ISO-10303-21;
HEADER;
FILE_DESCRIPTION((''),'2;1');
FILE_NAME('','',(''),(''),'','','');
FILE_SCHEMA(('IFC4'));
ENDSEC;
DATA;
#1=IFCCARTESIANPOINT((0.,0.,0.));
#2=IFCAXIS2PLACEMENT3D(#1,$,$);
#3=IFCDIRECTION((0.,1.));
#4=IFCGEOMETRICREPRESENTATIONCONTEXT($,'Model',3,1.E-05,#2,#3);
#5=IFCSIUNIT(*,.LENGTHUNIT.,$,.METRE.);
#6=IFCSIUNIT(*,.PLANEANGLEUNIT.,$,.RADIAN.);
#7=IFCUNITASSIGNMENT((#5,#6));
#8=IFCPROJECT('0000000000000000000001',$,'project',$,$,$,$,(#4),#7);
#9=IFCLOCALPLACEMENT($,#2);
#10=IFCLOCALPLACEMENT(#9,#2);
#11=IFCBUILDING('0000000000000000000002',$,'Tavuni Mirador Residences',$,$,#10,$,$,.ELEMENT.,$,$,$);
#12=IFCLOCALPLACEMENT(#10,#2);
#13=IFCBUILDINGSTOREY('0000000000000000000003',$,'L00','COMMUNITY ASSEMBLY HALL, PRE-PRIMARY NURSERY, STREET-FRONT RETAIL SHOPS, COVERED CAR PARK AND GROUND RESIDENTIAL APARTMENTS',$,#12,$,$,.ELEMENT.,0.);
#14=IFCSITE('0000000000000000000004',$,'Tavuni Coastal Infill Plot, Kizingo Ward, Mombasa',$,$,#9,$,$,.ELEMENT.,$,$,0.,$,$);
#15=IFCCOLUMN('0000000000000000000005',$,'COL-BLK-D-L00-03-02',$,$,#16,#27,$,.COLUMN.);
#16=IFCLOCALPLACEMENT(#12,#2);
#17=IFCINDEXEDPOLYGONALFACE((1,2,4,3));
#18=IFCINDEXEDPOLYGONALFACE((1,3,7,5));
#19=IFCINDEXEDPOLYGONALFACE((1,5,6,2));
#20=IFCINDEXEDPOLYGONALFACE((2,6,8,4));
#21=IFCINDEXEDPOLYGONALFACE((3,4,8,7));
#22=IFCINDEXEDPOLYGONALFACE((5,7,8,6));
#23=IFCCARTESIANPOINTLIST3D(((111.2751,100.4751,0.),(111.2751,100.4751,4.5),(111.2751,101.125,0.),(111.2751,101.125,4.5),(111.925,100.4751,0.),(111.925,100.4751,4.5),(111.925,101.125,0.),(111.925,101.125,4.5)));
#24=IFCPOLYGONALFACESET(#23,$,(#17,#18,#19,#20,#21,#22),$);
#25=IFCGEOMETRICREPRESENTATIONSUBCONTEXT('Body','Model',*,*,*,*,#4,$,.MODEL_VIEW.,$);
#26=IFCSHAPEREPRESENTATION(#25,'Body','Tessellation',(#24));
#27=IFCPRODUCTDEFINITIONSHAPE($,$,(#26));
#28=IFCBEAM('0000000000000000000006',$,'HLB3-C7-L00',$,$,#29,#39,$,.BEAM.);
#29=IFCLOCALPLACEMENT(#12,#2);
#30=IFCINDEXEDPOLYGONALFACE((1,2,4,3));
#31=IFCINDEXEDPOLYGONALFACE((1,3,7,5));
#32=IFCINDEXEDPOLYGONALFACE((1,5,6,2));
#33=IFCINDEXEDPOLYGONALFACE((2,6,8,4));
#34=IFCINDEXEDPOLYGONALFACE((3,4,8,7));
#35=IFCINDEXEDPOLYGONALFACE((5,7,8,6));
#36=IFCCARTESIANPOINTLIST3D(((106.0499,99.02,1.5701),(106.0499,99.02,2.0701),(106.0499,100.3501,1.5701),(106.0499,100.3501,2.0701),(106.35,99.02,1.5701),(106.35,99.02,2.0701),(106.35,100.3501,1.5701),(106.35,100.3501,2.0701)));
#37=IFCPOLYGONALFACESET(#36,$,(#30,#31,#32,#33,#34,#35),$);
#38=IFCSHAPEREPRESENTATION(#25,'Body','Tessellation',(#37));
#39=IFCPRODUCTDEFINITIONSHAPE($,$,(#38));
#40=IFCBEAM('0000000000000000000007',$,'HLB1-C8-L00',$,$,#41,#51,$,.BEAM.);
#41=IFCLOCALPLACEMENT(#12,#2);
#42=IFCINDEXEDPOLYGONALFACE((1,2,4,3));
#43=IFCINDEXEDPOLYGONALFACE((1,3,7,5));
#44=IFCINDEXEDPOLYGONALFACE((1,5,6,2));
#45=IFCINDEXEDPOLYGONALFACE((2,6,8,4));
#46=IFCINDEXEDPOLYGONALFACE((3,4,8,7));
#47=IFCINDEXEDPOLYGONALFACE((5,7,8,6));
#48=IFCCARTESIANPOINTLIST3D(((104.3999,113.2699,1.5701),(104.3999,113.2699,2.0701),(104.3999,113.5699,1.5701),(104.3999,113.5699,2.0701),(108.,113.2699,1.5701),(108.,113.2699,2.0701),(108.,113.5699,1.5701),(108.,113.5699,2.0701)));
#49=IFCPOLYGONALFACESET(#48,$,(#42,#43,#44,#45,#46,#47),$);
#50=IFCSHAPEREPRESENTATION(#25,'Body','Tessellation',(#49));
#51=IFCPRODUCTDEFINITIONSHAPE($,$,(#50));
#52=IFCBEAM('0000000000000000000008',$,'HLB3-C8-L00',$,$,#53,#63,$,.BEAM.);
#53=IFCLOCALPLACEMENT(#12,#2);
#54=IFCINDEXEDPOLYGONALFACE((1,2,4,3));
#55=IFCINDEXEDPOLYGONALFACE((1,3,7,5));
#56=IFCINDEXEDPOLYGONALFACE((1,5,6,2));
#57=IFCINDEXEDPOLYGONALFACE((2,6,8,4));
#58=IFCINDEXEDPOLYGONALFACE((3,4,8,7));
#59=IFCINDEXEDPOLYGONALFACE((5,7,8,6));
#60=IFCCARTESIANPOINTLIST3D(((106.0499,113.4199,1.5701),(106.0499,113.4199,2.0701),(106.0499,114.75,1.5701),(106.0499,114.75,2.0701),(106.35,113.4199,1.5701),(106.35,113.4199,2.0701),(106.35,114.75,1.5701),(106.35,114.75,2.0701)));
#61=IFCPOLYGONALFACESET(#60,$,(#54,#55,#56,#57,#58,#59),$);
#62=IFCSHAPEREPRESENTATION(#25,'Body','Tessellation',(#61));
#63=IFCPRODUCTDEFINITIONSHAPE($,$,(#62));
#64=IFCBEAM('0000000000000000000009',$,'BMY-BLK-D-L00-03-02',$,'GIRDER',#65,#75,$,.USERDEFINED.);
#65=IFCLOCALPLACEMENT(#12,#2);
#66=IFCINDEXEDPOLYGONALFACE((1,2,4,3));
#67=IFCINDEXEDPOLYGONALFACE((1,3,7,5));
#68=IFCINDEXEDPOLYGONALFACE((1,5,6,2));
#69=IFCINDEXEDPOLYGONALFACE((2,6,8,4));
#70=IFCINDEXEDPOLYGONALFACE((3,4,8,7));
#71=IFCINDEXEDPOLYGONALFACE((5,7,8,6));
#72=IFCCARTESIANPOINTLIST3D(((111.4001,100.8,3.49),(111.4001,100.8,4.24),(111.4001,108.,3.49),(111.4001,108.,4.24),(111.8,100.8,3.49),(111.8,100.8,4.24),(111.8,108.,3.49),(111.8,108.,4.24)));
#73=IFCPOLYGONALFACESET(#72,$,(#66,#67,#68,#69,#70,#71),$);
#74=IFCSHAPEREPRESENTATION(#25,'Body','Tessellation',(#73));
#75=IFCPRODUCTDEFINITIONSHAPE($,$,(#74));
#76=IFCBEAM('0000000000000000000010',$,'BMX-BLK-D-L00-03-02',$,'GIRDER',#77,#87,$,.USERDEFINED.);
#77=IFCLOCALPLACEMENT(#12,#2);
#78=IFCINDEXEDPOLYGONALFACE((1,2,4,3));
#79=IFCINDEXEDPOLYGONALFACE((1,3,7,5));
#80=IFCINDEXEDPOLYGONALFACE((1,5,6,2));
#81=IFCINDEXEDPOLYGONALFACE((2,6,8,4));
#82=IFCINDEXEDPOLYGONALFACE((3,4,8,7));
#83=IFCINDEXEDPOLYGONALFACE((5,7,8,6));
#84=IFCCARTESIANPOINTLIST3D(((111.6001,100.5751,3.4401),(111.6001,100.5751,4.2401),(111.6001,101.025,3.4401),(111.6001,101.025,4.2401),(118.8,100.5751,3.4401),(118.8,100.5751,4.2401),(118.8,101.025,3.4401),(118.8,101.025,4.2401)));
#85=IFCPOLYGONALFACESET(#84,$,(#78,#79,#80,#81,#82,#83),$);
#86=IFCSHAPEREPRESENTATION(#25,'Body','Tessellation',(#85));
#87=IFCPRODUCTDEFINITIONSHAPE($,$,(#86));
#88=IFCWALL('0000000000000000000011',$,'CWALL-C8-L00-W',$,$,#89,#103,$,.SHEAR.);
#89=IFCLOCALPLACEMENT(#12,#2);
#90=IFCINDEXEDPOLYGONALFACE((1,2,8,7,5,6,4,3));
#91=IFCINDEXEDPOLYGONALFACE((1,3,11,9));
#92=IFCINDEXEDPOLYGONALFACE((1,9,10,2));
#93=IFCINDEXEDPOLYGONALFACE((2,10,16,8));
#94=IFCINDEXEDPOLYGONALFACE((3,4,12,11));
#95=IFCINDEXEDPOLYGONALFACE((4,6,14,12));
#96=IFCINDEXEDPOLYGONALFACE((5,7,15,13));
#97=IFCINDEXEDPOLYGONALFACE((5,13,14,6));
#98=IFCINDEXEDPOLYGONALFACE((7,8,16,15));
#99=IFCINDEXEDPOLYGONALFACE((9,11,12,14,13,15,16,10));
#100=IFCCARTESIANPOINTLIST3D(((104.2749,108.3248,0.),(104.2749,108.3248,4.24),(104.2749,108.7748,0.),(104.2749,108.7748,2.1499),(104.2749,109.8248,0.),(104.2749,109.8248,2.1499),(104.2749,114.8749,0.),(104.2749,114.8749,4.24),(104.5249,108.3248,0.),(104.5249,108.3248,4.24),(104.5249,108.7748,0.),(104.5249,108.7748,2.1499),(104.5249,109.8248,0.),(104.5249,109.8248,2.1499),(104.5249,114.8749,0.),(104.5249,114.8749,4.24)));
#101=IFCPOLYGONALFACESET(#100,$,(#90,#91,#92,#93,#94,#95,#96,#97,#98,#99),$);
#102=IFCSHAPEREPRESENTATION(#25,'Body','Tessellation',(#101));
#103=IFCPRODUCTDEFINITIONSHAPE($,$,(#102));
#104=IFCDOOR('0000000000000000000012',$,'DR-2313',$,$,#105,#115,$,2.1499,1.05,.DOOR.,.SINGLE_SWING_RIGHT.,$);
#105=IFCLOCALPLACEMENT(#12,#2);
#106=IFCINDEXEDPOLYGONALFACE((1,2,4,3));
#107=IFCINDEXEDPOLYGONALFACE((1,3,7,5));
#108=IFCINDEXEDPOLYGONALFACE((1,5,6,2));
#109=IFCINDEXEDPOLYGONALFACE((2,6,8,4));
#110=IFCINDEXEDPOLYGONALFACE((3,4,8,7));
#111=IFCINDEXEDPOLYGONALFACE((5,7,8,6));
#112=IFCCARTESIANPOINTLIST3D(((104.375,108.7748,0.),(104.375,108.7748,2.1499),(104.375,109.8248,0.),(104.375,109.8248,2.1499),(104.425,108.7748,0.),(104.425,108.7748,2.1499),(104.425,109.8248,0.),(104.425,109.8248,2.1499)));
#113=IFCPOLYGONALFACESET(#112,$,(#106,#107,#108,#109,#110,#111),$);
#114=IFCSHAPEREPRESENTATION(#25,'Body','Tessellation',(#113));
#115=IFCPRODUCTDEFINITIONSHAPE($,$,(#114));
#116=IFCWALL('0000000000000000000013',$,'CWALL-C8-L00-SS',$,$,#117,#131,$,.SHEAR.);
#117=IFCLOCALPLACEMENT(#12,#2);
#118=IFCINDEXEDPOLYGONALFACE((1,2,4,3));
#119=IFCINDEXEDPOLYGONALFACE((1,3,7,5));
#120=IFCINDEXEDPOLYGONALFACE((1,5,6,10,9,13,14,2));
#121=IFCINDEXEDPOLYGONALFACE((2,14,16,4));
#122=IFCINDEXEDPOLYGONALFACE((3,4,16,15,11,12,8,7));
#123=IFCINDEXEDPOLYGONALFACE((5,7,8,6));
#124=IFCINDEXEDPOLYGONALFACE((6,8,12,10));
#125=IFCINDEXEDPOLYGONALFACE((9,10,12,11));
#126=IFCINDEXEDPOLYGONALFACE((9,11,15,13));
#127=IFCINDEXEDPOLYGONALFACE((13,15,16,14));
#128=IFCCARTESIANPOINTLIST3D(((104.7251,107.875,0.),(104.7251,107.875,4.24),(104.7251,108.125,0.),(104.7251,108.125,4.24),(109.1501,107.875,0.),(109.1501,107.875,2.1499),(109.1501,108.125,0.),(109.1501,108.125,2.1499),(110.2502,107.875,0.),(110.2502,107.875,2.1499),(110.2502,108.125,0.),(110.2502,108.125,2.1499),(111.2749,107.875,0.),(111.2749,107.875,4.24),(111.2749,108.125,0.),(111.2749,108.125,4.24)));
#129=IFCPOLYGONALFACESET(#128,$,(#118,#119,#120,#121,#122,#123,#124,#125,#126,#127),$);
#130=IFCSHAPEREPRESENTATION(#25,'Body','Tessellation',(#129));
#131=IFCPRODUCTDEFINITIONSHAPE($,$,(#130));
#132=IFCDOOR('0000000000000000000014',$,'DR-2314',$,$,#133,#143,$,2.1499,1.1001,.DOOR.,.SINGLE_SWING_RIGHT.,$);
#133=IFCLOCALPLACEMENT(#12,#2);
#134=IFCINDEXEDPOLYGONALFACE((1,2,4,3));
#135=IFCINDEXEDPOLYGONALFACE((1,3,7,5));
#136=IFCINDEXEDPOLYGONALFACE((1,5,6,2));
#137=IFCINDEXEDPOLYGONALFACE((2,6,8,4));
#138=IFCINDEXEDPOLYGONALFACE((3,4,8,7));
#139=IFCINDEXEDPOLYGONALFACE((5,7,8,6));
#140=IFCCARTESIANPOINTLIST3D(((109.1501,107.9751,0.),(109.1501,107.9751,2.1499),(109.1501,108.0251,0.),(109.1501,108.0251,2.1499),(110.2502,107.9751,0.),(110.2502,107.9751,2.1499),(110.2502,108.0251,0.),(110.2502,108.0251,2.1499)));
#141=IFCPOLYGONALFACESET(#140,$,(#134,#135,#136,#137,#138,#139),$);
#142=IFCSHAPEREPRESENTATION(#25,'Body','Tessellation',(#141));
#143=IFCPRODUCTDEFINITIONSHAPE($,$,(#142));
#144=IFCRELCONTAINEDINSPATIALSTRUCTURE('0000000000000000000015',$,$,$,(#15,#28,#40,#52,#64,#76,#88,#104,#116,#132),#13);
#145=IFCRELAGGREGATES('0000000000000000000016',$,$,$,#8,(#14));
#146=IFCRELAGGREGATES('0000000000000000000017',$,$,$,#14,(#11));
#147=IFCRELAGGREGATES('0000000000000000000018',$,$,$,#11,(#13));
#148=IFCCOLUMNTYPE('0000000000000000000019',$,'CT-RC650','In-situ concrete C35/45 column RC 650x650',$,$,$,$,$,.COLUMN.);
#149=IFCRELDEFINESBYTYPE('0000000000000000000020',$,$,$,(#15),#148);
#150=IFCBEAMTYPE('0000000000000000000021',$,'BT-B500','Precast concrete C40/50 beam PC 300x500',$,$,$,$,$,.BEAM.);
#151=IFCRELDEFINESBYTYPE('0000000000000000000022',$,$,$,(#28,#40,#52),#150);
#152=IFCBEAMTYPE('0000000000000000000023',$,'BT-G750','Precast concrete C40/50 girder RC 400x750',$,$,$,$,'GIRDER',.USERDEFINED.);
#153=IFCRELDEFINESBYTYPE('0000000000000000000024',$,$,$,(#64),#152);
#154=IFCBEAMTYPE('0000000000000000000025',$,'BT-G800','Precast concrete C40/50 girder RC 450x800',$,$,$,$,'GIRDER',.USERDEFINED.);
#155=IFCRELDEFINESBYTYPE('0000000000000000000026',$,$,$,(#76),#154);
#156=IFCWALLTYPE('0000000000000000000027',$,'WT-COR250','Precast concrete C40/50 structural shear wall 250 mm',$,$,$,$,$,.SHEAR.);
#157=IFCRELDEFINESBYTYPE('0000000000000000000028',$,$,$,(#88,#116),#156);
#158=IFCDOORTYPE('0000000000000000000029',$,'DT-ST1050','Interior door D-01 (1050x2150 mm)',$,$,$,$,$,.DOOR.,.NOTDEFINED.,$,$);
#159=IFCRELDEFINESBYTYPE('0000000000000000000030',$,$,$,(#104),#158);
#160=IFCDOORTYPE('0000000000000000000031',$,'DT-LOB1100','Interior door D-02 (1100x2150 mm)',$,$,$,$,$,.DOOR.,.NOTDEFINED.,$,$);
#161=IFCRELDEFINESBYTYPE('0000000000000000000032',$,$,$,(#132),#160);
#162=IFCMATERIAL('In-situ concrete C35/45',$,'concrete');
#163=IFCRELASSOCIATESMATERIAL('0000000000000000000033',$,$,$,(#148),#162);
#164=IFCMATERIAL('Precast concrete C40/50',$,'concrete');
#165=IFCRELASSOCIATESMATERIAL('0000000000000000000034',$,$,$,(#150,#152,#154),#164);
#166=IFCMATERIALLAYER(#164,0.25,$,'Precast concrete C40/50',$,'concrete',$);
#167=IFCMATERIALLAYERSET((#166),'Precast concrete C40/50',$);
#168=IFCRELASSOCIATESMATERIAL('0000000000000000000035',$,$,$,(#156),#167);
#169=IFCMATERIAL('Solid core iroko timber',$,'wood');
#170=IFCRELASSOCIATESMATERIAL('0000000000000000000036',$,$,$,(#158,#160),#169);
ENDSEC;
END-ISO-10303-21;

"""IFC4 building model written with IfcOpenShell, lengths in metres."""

from ifc_helpers import new_model, si_unit, direction, frame, frame_2d, origin, origin_2d, place, context, subcontext, project, spatial, rectangle, extrude, material, layer, layer_set, material_profile, profile_set, type_object, element, fill, save


model = new_model("IFC4")

# Units and contexts
model_context = context("Model", 3, precision=1e-05, world=origin(), true_north=direction((0.0, 1.0)))
body_context = subcontext(model_context, "Body", "Model", "MODEL_VIEW")
ifc_project = project(units=[si_unit("LENGTHUNIT", "METRE"), si_unit("PLANEANGLEUNIT", "RADIAN")], contexts=[model_context])

# Site, building, storey
site_placement = place(None, origin())
site = spatial("IfcSite", under=ifc_project, at=site_placement, Name="Tavuni Coastal Infill Plot, Kizingo Ward, Mombasa", CompositionType="ELEMENT", RefElevation=0.0)
building_placement = place(site_placement, origin())
building = spatial("IfcBuilding", under=site, at=building_placement, Name="Tavuni Mirador Residences", CompositionType="ELEMENT")
storey_placement = place(building_placement, origin())
storey = spatial("IfcBuildingStorey", under=building, at=storey_placement, Name="L00", Description="COMMUNITY ASSEMBLY HALL, PRE-PRIMARY NURSERY, STREET-FRONT RETAIL SHOPS, COVERED CAR PARK AND GROUND RESIDENTIAL APARTMENTS", CompositionType="ELEMENT", Elevation=0.0)

# Column
ifc_material_1 = material(Name="In-situ concrete C35/45", Category="concrete")
ifc_material_profile_1 = material_profile(ifc_material_1, rectangle(XDim=0.6499, YDim=0.6499, at=origin_2d()), Name="RC 650x650", Category="concrete")
ifc_profile_set_1 = profile_set([ifc_material_profile_1], Name="In-situ concrete C35/45")
column_type = type_object("IfcColumnType", Name="CT-RC650", Description="In-situ concrete C35/45 column RC 650x650", PredefinedType="COLUMN", material=ifc_profile_set_1)
column_placement = place(storey_placement, frame((111.6001, 100.8, 0.0), z_axis=(0.0, 0.0, 1.0), x_axis=(1.0, 0.0, 0.0)))
element("IfcColumn", 1, at=column_placement, inside=storey, type_object=column_type, Name="COL-BLK-D-L00-03-02", PredefinedType="COLUMN", context=body_context, shape_type="SweptSolid", body=[
    extrude(rectangle(XDim=0.6499, YDim=0.6499, at=origin_2d()), origin(), (0.0, 0.0, 1.0), 4.5),
])

# Beams
ifc_material_2 = material(Name="Precast concrete C40/50", Category="concrete")
ifc_material_profile_2 = material_profile(ifc_material_2, rectangle(XDim=0.3, YDim=0.5, at=origin_2d()), Name="PC 300x500", Category="concrete")
ifc_profile_set_2 = profile_set([ifc_material_profile_2], Name="Precast concrete C40/50")
beam_type_1 = type_object("IfcBeamType", Name="BT-B500", Description="Precast concrete C40/50 beam PC 300x500", PredefinedType="BEAM", material=ifc_profile_set_2)
beam_1_placement = place(storey_placement, frame((106.2, 99.02, 1.8201), z_axis=(0.0, 1.0, 0.0), x_axis=(-1.0, 0.0, 0.0)))
element("IfcBeam", 2, at=beam_1_placement, inside=storey, type_object=beam_type_1, Name="HLB3-C7-L00", PredefinedType="BEAM", context=body_context, shape_type="SweptSolid", body=[
    extrude(rectangle(XDim=0.3, YDim=0.5, at=origin_2d()), origin(), (0.0, 0.0, 1.0), 1.3301),
])
beam_2_placement = place(storey_placement, frame((104.3999, 113.4199, 1.8201), z_axis=(1.0, 0.0, 0.0), x_axis=(0.0, 1.0, 0.0)))
element("IfcBeam", 3, at=beam_2_placement, inside=storey, type_object=beam_type_1, Name="HLB1-C8-L00", PredefinedType="BEAM", context=body_context, shape_type="SweptSolid", body=[
    extrude(rectangle(XDim=0.3, YDim=0.5, at=origin_2d()), origin(), (0.0, 0.0, 1.0), 3.6001),
])
beam_3_placement = place(storey_placement, frame((106.2, 113.4199, 1.8201), z_axis=(0.0, 1.0, 0.0), x_axis=(-1.0, 0.0, 0.0)))
element("IfcBeam", 4, at=beam_3_placement, inside=storey, type_object=beam_type_1, Name="HLB3-C8-L00", PredefinedType="BEAM", context=body_context, shape_type="SweptSolid", body=[
    extrude(rectangle(XDim=0.3, YDim=0.5, at=origin_2d()), origin(), (0.0, 0.0, 1.0), 1.3301),
])
ifc_material_profile_3 = material_profile(ifc_material_2, rectangle(XDim=0.3999, YDim=0.75, at=origin_2d()), Name="RC 400x750", Category="concrete")
ifc_profile_set_3 = profile_set([ifc_material_profile_3], Name="Precast concrete C40/50")
beam_type_2 = type_object("IfcBeamType", Name="BT-G750", Description="Precast concrete C40/50 girder RC 400x750", ElementType="GIRDER", PredefinedType="USERDEFINED", material=ifc_profile_set_3)
beam_4_placement = place(storey_placement, frame((111.6001, 100.8, 3.865), z_axis=(0.0, 1.0, 0.0), x_axis=(-1.0, 0.0, 0.0)))
element("IfcBeam", 5, at=beam_4_placement, inside=storey, type_object=beam_type_2, Name="BMY-BLK-D-L00-03-02", ObjectType="GIRDER", PredefinedType="USERDEFINED", context=body_context, shape_type="SweptSolid", body=[
    extrude(rectangle(XDim=0.3999, YDim=0.75, at=origin_2d()), origin(), (0.0, 0.0, 1.0), 7.2),
])
ifc_material_profile_4 = material_profile(ifc_material_2, rectangle(XDim=0.45, YDim=0.8, at=origin_2d()), Name="RC 450x800", Category="concrete")
ifc_profile_set_4 = profile_set([ifc_material_profile_4], Name="Precast concrete C40/50")
beam_type_3 = type_object("IfcBeamType", Name="BT-G800", Description="Precast concrete C40/50 girder RC 450x800", ElementType="GIRDER", PredefinedType="USERDEFINED", material=ifc_profile_set_4)
beam_5_placement = place(storey_placement, frame((111.6001, 100.8, 3.8401), z_axis=(1.0, 0.0, 0.0), x_axis=(0.0, 1.0, 0.0)))
element("IfcBeam", 6, at=beam_5_placement, inside=storey, type_object=beam_type_3, Name="BMX-BLK-D-L00-03-02", ObjectType="GIRDER", PredefinedType="USERDEFINED", context=body_context, shape_type="SweptSolid", body=[
    extrude(rectangle(XDim=0.45, YDim=0.8, at=origin_2d()), origin(), (0.0, 0.0, 1.0), 7.2),
])

# Walls, openings, doors
ifc_layer_1 = layer(ifc_material_2, 0.25, Name="Precast concrete C40/50", Category="concrete")
ifc_layer_set_1 = layer_set([ifc_layer_1], Name="Precast concrete C40/50")
wall_type_1 = type_object("IfcWallType", Name="WT-COR250", Description="Precast concrete C40/50 structural shear wall 250 mm", PredefinedType="SHEAR", material=ifc_layer_set_1)
wall_1_placement = place(storey_placement, frame((104.3999, 108.325, 0.0), z_axis=(0.0, 0.0, 1.0), x_axis=(0.0, 1.0, 0.0)))
wall_1 = element("IfcWall", 7, at=wall_1_placement, inside=storey, type_object=wall_type_1, Name="CWALL-C8-L00-W", PredefinedType="SHEAR", context=body_context, shape_type="SweptSolid", body=[
    extrude(rectangle(XDim=6.55, YDim=0.25, at=frame_2d((3.2749, 0.0))), origin(), (0.0, 0.0, 1.0), 4.24),
])
opening_1_placement = place(wall_1_placement, frame((0.45, 0.0, 0.0)))
opening_1 = element("IfcOpeningElement", 8, at=opening_1_placement, cuts=wall_1, PredefinedType="OPENING", context=body_context, shape_type="SweptSolid", body=[
    extrude(rectangle(XDim=1.05, YDim=2.1499, at=frame_2d((0.5249, 1.075))), frame((0.0, 0.135, 0.0), z_axis=(0.0, -1.0, 0.0), x_axis=(1.0, 0.0, 0.0)), (0.0, 0.0, 1.0), 0.27),
])
ifc_material_3 = material(Name="Solid core iroko timber", Category="wood")
door_type_1 = type_object("IfcDoorType", Name="DT-ST1050", Description="Interior door D-01 (1050x2150 mm)", OperationType="NOTDEFINED", PredefinedType="DOOR", material=ifc_material_3)
door_1_placement = place(opening_1_placement, origin())
door_1 = element("IfcDoor", 9, at=door_1_placement, inside=storey, type_object=door_type_1, Name="DR-2313", OperationType="SINGLE_SWING_RIGHT", OverallHeight=2.1499, OverallWidth=1.05, PredefinedType="DOOR", context=body_context, shape_type="SweptSolid", body=[
    extrude(rectangle(XDim=1.05, YDim=2.1499, at=frame_2d((0.5249, 1.075))), frame((0.0, 0.0249, 0.0), z_axis=(0.0, -1.0, 0.0), x_axis=(1.0, 0.0, 0.0)), (0.0, 0.0, 1.0), 0.05),
])
fill(opening_1, door_1)
wall_2_placement = place(storey_placement, frame((104.7251, 108.0, 0.0), z_axis=(0.0, 0.0, 1.0), x_axis=(1.0, 0.0, 0.0)))
wall_2 = element("IfcWall", 10, at=wall_2_placement, inside=storey, type_object=wall_type_1, Name="CWALL-C8-L00-SS", PredefinedType="SHEAR", context=body_context, shape_type="SweptSolid", body=[
    extrude(rectangle(XDim=6.5498, YDim=0.25, at=frame_2d((3.2749, 0.0))), origin(), (0.0, 0.0, 1.0), 4.24),
])
opening_2_placement = place(wall_2_placement, frame((4.425, 0.0, 0.0)))
opening_2 = element("IfcOpeningElement", 11, at=opening_2_placement, cuts=wall_2, PredefinedType="OPENING", context=body_context, shape_type="SweptSolid", body=[
    extrude(rectangle(XDim=1.1001, YDim=2.1499, at=frame_2d((0.55, 1.075))), frame((0.0, 0.135, 0.0), z_axis=(0.0, -1.0, 0.0), x_axis=(1.0, 0.0, 0.0)), (0.0, 0.0, 1.0), 0.27),
])
door_type_2 = type_object("IfcDoorType", Name="DT-LOB1100", Description="Interior door D-02 (1100x2150 mm)", OperationType="NOTDEFINED", PredefinedType="DOOR", material=ifc_material_3)
door_2_placement = place(opening_2_placement, frame((1.1001, 0.0, 0.0), z_axis=(0.0, 0.0, 1.0), x_axis=(-1.0, 0.0, 0.0)))
door_2 = element("IfcDoor", 12, at=door_2_placement, inside=storey, type_object=door_type_2, Name="DR-2314", OperationType="SINGLE_SWING_RIGHT", OverallHeight=2.1499, OverallWidth=1.1001, PredefinedType="DOOR", context=body_context, shape_type="SweptSolid", body=[
    extrude(rectangle(XDim=1.1001, YDim=2.1499, at=frame_2d((0.55, 1.075))), frame((0.0, 0.0249, 0.0), z_axis=(0.0, -1.0, 0.0), x_axis=(1.0, 0.0, 0.0)), (0.0, 0.0, 1.0), 0.05),
])
fill(opening_2, door_2)

save(model, "model.ifc")
